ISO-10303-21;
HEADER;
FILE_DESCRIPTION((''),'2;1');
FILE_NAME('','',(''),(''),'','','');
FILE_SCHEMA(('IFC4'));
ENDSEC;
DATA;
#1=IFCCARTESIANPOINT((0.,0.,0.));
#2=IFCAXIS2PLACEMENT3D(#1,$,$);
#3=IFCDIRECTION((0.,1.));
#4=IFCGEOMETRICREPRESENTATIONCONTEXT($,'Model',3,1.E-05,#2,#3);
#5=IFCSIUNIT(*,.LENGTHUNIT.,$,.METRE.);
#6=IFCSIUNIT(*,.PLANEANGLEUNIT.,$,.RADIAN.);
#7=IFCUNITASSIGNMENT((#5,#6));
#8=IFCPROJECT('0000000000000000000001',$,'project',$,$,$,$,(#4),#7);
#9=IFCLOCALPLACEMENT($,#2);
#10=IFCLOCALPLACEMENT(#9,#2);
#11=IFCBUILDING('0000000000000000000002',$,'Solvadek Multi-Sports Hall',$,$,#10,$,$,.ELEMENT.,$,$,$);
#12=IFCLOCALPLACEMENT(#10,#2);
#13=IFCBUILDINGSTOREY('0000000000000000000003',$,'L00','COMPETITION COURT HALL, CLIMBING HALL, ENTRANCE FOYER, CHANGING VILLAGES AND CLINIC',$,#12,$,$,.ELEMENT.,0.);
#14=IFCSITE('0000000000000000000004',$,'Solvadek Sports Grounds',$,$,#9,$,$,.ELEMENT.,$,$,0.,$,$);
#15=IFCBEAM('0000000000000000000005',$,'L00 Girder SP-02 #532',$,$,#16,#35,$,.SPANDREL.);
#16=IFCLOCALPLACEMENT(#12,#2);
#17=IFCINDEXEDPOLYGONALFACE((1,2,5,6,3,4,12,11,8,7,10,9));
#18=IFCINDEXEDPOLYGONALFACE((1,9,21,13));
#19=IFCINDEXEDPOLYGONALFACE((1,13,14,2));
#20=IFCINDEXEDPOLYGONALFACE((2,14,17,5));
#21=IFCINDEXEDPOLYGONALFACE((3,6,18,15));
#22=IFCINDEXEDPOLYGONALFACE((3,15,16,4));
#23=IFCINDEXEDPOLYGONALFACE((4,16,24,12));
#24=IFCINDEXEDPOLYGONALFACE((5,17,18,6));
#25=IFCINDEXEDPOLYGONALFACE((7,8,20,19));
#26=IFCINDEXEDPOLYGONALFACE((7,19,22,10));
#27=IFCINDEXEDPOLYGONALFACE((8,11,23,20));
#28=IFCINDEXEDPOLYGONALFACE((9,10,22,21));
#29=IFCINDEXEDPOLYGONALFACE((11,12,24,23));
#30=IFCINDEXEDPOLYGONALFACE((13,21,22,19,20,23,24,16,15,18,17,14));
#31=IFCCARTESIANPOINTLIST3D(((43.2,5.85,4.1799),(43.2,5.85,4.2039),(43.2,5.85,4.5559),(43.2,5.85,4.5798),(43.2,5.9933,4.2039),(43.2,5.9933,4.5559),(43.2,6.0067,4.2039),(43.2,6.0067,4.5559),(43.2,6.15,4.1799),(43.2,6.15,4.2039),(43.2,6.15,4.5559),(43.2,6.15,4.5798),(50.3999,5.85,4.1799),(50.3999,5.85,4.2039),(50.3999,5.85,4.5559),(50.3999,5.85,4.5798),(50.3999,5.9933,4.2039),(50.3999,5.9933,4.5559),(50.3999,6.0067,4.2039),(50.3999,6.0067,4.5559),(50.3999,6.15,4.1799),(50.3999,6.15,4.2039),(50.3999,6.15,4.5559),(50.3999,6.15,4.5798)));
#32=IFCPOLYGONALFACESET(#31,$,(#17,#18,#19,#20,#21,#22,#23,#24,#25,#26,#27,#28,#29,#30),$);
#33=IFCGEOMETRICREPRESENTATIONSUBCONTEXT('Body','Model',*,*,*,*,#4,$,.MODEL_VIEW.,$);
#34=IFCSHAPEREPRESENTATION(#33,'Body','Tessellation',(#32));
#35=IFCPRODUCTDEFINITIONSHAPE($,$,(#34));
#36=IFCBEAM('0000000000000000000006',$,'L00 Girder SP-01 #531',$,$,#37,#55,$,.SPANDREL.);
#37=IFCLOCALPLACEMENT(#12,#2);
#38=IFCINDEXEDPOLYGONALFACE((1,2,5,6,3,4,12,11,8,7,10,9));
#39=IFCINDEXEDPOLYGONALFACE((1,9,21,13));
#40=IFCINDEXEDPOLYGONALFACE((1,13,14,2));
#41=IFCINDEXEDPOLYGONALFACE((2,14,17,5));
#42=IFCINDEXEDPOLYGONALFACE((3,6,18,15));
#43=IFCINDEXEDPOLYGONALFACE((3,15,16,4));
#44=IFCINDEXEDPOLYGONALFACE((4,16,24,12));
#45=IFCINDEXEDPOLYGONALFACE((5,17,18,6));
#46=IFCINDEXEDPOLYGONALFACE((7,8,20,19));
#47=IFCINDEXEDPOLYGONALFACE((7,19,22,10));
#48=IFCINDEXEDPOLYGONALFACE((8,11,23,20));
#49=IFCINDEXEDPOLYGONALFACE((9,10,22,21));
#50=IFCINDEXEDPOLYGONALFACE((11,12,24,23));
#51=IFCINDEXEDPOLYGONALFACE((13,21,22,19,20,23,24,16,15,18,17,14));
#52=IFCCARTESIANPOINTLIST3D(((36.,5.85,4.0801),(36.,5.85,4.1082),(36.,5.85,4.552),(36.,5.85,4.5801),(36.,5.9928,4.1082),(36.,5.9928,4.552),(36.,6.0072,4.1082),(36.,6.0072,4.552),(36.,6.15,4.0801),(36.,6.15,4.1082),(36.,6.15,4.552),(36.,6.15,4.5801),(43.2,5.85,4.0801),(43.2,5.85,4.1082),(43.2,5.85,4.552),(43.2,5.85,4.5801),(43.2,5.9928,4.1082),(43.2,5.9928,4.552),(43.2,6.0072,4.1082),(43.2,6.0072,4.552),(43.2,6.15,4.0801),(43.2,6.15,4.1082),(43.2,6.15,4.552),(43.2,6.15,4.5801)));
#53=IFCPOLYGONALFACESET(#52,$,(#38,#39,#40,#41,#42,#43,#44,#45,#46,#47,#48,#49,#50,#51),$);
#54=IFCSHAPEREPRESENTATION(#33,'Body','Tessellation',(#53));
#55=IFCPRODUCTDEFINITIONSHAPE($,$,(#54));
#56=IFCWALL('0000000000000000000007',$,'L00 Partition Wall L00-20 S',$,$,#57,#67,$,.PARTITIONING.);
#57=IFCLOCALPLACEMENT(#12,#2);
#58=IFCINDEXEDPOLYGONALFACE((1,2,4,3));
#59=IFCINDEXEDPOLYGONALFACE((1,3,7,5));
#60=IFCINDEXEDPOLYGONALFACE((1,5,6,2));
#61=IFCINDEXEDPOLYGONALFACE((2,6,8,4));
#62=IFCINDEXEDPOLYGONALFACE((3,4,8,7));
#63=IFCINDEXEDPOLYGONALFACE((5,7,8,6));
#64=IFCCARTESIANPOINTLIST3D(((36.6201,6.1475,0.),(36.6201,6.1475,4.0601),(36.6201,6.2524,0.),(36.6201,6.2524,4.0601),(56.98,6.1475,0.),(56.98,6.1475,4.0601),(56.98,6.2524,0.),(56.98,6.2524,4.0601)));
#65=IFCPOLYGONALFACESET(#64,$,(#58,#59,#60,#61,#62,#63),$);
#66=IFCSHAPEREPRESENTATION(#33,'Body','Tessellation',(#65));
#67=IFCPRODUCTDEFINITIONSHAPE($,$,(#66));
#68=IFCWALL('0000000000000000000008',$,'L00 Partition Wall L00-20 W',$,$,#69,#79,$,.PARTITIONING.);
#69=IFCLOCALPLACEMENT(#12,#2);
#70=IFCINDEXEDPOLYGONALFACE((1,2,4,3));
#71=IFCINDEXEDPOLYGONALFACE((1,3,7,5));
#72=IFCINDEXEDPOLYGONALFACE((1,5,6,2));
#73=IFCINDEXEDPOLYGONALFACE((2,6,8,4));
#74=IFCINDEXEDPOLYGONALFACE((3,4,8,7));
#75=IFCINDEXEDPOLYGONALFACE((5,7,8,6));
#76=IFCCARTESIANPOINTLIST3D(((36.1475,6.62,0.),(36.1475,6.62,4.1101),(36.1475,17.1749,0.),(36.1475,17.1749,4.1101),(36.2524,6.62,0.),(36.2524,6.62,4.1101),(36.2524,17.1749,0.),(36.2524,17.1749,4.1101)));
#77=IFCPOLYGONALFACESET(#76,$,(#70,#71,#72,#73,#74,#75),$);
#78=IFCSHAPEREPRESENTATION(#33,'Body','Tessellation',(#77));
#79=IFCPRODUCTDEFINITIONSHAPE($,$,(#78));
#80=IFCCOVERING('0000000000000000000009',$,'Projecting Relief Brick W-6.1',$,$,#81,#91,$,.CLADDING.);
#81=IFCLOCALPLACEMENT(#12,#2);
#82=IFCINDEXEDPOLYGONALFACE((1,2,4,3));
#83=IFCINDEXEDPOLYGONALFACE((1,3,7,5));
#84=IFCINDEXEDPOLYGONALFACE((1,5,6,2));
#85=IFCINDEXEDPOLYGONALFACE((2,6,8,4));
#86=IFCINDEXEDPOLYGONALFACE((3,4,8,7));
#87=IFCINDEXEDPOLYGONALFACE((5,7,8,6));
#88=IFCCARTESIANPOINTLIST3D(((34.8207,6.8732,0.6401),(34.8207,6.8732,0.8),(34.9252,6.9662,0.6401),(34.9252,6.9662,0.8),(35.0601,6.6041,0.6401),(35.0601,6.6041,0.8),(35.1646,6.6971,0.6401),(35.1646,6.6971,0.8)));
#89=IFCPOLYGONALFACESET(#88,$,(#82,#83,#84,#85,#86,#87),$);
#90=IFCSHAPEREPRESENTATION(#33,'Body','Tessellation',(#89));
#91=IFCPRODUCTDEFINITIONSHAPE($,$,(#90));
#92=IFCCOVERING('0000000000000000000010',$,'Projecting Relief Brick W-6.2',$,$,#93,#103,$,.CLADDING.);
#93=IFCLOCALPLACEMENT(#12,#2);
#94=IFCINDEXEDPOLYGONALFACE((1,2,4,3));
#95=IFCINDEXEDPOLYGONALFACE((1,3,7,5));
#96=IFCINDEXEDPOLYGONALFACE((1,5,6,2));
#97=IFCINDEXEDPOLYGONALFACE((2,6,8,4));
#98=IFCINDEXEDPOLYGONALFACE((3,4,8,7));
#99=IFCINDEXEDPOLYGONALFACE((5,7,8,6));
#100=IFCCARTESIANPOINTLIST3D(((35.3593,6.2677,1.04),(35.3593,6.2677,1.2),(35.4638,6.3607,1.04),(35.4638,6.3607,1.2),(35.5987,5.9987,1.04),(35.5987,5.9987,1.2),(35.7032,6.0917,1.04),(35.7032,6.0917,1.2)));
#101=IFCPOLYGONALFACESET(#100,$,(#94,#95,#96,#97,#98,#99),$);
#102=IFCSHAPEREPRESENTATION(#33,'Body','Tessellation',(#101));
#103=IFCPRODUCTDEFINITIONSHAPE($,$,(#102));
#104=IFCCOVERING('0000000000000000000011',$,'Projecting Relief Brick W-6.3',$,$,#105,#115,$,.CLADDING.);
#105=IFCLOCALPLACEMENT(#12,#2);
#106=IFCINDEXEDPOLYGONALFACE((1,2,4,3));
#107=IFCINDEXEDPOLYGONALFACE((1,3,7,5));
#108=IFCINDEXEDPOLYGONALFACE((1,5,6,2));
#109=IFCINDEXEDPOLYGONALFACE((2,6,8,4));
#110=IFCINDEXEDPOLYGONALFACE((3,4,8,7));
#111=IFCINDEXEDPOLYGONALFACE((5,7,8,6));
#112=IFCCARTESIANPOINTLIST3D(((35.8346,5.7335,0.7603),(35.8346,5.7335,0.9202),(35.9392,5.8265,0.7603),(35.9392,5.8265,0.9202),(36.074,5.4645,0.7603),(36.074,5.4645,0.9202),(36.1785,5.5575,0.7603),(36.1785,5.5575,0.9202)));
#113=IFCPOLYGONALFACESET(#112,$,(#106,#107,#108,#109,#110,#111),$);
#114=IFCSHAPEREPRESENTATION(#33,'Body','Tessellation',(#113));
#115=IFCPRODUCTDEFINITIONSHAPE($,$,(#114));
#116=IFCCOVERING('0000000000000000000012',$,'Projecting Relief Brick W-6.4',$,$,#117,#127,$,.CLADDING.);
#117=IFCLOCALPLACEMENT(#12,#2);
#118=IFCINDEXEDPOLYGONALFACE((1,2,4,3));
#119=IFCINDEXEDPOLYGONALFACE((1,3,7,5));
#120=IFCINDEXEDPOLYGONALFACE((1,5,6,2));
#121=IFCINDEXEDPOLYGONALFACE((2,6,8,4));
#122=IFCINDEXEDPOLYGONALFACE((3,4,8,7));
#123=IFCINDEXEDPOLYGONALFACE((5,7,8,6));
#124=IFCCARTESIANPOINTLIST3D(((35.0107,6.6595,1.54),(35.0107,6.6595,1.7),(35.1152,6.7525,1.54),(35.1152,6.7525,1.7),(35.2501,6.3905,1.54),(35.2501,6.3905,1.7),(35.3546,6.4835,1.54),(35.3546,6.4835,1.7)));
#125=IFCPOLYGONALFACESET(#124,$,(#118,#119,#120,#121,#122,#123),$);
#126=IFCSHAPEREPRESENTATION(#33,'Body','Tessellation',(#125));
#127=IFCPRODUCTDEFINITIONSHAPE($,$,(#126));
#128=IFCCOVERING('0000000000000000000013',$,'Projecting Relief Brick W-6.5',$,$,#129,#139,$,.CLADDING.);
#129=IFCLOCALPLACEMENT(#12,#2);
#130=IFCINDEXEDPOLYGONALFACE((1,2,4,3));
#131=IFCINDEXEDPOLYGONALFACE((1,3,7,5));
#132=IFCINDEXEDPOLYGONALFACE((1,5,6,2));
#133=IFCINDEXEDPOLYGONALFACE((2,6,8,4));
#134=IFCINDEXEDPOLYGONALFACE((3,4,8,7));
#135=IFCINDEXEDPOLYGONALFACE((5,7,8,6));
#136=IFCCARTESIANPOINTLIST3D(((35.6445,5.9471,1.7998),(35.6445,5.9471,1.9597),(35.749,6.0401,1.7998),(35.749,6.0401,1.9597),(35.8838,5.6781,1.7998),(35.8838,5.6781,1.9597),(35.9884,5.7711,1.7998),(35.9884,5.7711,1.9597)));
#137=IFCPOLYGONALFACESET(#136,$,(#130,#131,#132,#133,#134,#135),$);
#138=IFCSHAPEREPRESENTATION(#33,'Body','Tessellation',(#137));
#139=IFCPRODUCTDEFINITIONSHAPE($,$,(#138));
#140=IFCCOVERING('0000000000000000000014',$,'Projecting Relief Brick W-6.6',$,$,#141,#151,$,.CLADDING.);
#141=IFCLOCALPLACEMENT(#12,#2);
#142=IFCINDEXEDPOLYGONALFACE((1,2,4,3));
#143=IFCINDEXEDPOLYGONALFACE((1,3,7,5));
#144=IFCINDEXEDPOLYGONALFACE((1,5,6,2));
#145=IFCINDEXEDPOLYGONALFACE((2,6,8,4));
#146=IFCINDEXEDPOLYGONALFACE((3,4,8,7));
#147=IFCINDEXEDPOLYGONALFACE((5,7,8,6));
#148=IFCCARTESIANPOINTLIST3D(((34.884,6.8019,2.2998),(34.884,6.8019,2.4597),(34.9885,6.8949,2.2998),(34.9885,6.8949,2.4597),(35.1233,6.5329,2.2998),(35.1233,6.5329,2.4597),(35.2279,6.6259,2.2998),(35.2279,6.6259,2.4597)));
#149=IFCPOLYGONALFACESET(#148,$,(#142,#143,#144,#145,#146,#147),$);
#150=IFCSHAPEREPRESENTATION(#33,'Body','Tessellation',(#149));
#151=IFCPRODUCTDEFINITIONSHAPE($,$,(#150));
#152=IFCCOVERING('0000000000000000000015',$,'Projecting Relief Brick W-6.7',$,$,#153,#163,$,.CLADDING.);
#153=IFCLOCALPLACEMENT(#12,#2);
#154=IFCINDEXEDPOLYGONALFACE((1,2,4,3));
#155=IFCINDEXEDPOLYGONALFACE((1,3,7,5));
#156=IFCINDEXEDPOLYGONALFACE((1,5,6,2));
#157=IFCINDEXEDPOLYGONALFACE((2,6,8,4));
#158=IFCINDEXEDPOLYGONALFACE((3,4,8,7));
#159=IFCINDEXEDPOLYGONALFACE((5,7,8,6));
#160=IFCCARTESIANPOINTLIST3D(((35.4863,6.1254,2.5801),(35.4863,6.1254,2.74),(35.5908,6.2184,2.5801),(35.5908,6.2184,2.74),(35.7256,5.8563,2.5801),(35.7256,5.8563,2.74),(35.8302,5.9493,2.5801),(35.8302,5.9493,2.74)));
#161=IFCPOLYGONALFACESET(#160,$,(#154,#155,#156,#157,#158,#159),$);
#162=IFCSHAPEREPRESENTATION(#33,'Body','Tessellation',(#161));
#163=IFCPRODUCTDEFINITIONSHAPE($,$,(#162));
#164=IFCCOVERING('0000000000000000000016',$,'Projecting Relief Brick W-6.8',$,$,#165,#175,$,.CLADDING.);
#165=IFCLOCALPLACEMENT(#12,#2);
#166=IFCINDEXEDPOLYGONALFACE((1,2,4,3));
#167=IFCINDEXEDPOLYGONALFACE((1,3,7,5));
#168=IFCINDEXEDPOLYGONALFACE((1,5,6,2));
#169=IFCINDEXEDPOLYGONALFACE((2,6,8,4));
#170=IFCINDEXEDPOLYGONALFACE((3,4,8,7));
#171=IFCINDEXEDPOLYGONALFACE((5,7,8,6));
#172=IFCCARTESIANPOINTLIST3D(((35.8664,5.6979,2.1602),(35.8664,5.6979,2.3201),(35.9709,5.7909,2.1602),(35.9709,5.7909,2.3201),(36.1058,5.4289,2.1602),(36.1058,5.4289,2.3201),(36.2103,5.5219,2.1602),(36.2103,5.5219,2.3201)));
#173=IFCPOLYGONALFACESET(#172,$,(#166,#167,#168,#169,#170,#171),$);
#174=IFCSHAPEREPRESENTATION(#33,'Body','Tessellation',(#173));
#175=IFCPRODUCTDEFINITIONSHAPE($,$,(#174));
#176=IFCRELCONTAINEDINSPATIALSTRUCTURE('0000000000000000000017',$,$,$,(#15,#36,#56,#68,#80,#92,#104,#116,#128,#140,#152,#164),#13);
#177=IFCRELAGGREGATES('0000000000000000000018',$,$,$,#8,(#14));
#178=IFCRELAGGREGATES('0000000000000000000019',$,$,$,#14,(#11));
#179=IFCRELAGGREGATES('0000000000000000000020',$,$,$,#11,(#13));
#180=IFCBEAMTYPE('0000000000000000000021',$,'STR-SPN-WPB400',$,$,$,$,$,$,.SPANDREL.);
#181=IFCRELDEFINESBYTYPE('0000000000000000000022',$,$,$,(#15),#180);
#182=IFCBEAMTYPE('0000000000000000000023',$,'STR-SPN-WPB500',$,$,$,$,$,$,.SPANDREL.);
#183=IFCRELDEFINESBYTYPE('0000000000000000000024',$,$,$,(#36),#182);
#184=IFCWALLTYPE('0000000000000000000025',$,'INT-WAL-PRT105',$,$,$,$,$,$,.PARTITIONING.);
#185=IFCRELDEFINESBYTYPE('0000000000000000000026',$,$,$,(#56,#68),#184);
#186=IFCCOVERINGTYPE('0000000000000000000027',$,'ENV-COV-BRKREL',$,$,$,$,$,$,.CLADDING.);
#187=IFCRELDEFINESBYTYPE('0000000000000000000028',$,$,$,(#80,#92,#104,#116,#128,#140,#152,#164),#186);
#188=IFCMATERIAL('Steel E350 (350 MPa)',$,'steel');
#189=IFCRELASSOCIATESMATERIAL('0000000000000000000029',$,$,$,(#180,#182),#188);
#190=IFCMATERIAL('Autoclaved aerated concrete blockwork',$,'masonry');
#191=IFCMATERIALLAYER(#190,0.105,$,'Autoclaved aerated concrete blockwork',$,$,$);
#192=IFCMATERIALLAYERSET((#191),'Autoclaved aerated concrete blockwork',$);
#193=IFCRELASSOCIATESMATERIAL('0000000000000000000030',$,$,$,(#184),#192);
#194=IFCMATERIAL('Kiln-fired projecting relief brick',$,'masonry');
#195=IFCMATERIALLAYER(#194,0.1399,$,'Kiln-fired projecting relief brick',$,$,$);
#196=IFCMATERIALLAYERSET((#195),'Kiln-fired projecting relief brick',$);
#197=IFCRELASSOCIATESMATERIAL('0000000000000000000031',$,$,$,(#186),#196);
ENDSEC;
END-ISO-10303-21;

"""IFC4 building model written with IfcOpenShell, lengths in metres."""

from ifc_helpers import new_model, si_unit, direction, frame, frame_2d, origin, origin_2d, place, context, subcontext, project, spatial, rectangle, i_section, extrude, material, layer, layer_set, material_profile, profile_set, type_object, element, save


model = new_model("IFC4")

# Units and contexts
model_context = context("Model", 3, precision=1e-05, world=origin(), true_north=direction((0.0, 1.0)))
body_context = subcontext(model_context, "Body", "Model", "MODEL_VIEW")
ifc_project = project(units=[si_unit("LENGTHUNIT", "METRE"), si_unit("PLANEANGLEUNIT", "RADIAN")], contexts=[model_context])

# Site, building, storey
site_placement = place(None, origin())
site = spatial("IfcSite", under=ifc_project, at=site_placement, Name="Solvadek Sports Grounds", CompositionType="ELEMENT", RefElevation=0.0)
building_placement = place(site_placement, origin())
building = spatial("IfcBuilding", under=site, at=building_placement, Name="Solvadek Multi-Sports Hall", CompositionType="ELEMENT")
storey_placement = place(building_placement, origin())
storey = spatial("IfcBuildingStorey", under=building, at=storey_placement, Name="L00", Description="COMPETITION COURT HALL, CLIMBING HALL, ENTRANCE FOYER, CHANGING VILLAGES AND CLINIC", CompositionType="ELEMENT", Elevation=0.0)

# Shared definitions
ifc_material_1 = material(Name="Steel E350 (350 MPa)", Category="steel")

# Beams
ifc_material_profile_1 = material_profile(ifc_material_1, i_section(OverallWidth=0.3, OverallDepth=0.3999, WebThickness=0.0134, FlangeThickness=0.0239, at=origin_2d()), Name="WPB 400")
ifc_profile_set_1 = profile_set([ifc_material_profile_1], Name="Steel E350 (350 MPa)")
beam_type_1 = type_object("IfcBeamType", Name="STR-SPN-WPB400", PredefinedType="SPANDREL", material=ifc_profile_set_1)
beam_1_placement = place(storey_placement, frame((43.2, 6.0, 4.3799), z_axis=(1.0, 0.0, 0.0), x_axis=(0.0, 1.0, 0.0)))
element("IfcBeam", 1, at=beam_1_placement, inside=storey, type_object=beam_type_1, Name="L00 Girder SP-02 #532", PredefinedType="SPANDREL", context=body_context, shape_type="SweptSolid", body=[
    extrude(i_section(OverallWidth=0.3, OverallDepth=0.3999, WebThickness=0.0134, FlangeThickness=0.0239, at=origin_2d()), origin(), (0.0, 0.0, 1.0), 7.2),
])
ifc_material_profile_2 = material_profile(ifc_material_1, i_section(OverallWidth=0.3, OverallDepth=0.5, WebThickness=0.0144, FlangeThickness=0.0281, at=origin_2d()), Name="WPB 500")
ifc_profile_set_2 = profile_set([ifc_material_profile_2], Name="Steel E350 (350 MPa)")
beam_type_2 = type_object("IfcBeamType", Name="STR-SPN-WPB500", PredefinedType="SPANDREL", material=ifc_profile_set_2)
beam_2_placement = place(storey_placement, frame((36.0, 6.0, 4.3301), z_axis=(1.0, 0.0, 0.0), x_axis=(0.0, 1.0, 0.0)))
element("IfcBeam", 2, at=beam_2_placement, inside=storey, type_object=beam_type_2, Name="L00 Girder SP-01 #531", PredefinedType="SPANDREL", context=body_context, shape_type="SweptSolid", body=[
    extrude(i_section(OverallWidth=0.3, OverallDepth=0.5, WebThickness=0.0144, FlangeThickness=0.0281, at=origin_2d()), origin(), (0.0, 0.0, 1.0), 7.2),
])

# Walls
ifc_material_2 = material(Name="Autoclaved aerated concrete blockwork", Category="masonry")
ifc_layer_1 = layer(ifc_material_2, 0.105, Name="Autoclaved aerated concrete blockwork")
ifc_layer_set_1 = layer_set([ifc_layer_1], Name="Autoclaved aerated concrete blockwork")
wall_type = type_object("IfcWallType", Name="INT-WAL-PRT105", PredefinedType="PARTITIONING", material=ifc_layer_set_1)
wall_1_placement = place(storey_placement, frame((36.6201, 6.2, 0.0), z_axis=(0.0, 0.0, 1.0), x_axis=(1.0, 0.0, 0.0)))
element("IfcWall", 3, at=wall_1_placement, inside=storey, type_object=wall_type, Name="L00 Partition Wall L00-20 S", PredefinedType="PARTITIONING", context=body_context, shape_type="SweptSolid", body=[
    extrude(rectangle(XDim=20.3599, YDim=0.105, at=frame_2d((10.1799, 0.0))), origin(), (0.0, 0.0, 1.0), 4.0601),
])
wall_2_placement = place(storey_placement, frame((36.2, 6.6201, 0.0), z_axis=(0.0, 0.0, 1.0), x_axis=(0.0, 1.0, 0.0)))
element("IfcWall", 4, at=wall_2_placement, inside=storey, type_object=wall_type, Name="L00 Partition Wall L00-20 W", PredefinedType="PARTITIONING", context=body_context, shape_type="SweptSolid", body=[
    extrude(rectangle(XDim=10.5549, YDim=0.105, at=frame_2d((5.2773, 0.0))), origin(), (0.0, 0.0, 1.0), 4.1101),
])

# Coverings
ifc_material_3 = material(Name="Kiln-fired projecting relief brick", Category="masonry")
ifc_layer_2 = layer(ifc_material_3, 0.1399, Name="Kiln-fired projecting relief brick")
ifc_layer_set_2 = layer_set([ifc_layer_2], Name="Kiln-fired projecting relief brick")
covering_type = type_object("IfcCoveringType", Name="ENV-COV-BRKREL", PredefinedType="CLADDING", material=ifc_layer_set_2)
for number, where, z_axis, x_axis, name in (
    (5, (34.9927, 6.7852, 0.6401), (0.0, 0.0, 1.0), (0.664767, -0.74705, 0.0), "Projecting Relief Brick W-6.1"),
    (6, (35.5312, 6.1797, 1.04), (0.0, 0.0, 1.0), (0.664767, -0.74705, 0.0), "Projecting Relief Brick W-6.2"),
    (7, (36.0066, 5.6455, 0.7603), (0.0, 0.0, 1.0), (0.664767, -0.74705, 0.0), "Projecting Relief Brick W-6.3"),
    (8, (35.1826, 6.5715, 1.54), (0.0, 0.0, 1.0), (0.664767, -0.74705, 0.0), "Projecting Relief Brick W-6.4"),
    (9, (35.8164, 5.8591, 1.7998), (0.0, 0.0, 1.0), (0.664767, -0.74705, 0.0), "Projecting Relief Brick W-6.5"),
    (10, (35.0559, 6.7139, 2.2998), (0.0, 0.0, 1.0), (0.664767, -0.74705, 0.0), "Projecting Relief Brick W-6.6"),
    (11, (35.6582, 6.0374, 2.5801), (0.0, 0.0, 1.0), (0.664767, -0.74705, 0.0), "Projecting Relief Brick W-6.7"),
    (12, (36.0383, 5.6099, 2.1602), (0.0, 0.0, 1.0), (0.664767, -0.74705, 0.0), "Projecting Relief Brick W-6.8"),
):
    element("IfcCovering", number, at=place(storey_placement, frame(where, z_axis=z_axis, x_axis=x_axis)), inside=storey, type_object=covering_type, Name=name, PredefinedType="CLADDING", context=body_context, shape_type="SweptSolid", body=[
        extrude(rectangle(XDim=0.3601, YDim=0.1399, at=origin_2d()), origin(), (0.0, 0.0, 1.0), 0.1599),
    ])

save(model, "model.ifc")
